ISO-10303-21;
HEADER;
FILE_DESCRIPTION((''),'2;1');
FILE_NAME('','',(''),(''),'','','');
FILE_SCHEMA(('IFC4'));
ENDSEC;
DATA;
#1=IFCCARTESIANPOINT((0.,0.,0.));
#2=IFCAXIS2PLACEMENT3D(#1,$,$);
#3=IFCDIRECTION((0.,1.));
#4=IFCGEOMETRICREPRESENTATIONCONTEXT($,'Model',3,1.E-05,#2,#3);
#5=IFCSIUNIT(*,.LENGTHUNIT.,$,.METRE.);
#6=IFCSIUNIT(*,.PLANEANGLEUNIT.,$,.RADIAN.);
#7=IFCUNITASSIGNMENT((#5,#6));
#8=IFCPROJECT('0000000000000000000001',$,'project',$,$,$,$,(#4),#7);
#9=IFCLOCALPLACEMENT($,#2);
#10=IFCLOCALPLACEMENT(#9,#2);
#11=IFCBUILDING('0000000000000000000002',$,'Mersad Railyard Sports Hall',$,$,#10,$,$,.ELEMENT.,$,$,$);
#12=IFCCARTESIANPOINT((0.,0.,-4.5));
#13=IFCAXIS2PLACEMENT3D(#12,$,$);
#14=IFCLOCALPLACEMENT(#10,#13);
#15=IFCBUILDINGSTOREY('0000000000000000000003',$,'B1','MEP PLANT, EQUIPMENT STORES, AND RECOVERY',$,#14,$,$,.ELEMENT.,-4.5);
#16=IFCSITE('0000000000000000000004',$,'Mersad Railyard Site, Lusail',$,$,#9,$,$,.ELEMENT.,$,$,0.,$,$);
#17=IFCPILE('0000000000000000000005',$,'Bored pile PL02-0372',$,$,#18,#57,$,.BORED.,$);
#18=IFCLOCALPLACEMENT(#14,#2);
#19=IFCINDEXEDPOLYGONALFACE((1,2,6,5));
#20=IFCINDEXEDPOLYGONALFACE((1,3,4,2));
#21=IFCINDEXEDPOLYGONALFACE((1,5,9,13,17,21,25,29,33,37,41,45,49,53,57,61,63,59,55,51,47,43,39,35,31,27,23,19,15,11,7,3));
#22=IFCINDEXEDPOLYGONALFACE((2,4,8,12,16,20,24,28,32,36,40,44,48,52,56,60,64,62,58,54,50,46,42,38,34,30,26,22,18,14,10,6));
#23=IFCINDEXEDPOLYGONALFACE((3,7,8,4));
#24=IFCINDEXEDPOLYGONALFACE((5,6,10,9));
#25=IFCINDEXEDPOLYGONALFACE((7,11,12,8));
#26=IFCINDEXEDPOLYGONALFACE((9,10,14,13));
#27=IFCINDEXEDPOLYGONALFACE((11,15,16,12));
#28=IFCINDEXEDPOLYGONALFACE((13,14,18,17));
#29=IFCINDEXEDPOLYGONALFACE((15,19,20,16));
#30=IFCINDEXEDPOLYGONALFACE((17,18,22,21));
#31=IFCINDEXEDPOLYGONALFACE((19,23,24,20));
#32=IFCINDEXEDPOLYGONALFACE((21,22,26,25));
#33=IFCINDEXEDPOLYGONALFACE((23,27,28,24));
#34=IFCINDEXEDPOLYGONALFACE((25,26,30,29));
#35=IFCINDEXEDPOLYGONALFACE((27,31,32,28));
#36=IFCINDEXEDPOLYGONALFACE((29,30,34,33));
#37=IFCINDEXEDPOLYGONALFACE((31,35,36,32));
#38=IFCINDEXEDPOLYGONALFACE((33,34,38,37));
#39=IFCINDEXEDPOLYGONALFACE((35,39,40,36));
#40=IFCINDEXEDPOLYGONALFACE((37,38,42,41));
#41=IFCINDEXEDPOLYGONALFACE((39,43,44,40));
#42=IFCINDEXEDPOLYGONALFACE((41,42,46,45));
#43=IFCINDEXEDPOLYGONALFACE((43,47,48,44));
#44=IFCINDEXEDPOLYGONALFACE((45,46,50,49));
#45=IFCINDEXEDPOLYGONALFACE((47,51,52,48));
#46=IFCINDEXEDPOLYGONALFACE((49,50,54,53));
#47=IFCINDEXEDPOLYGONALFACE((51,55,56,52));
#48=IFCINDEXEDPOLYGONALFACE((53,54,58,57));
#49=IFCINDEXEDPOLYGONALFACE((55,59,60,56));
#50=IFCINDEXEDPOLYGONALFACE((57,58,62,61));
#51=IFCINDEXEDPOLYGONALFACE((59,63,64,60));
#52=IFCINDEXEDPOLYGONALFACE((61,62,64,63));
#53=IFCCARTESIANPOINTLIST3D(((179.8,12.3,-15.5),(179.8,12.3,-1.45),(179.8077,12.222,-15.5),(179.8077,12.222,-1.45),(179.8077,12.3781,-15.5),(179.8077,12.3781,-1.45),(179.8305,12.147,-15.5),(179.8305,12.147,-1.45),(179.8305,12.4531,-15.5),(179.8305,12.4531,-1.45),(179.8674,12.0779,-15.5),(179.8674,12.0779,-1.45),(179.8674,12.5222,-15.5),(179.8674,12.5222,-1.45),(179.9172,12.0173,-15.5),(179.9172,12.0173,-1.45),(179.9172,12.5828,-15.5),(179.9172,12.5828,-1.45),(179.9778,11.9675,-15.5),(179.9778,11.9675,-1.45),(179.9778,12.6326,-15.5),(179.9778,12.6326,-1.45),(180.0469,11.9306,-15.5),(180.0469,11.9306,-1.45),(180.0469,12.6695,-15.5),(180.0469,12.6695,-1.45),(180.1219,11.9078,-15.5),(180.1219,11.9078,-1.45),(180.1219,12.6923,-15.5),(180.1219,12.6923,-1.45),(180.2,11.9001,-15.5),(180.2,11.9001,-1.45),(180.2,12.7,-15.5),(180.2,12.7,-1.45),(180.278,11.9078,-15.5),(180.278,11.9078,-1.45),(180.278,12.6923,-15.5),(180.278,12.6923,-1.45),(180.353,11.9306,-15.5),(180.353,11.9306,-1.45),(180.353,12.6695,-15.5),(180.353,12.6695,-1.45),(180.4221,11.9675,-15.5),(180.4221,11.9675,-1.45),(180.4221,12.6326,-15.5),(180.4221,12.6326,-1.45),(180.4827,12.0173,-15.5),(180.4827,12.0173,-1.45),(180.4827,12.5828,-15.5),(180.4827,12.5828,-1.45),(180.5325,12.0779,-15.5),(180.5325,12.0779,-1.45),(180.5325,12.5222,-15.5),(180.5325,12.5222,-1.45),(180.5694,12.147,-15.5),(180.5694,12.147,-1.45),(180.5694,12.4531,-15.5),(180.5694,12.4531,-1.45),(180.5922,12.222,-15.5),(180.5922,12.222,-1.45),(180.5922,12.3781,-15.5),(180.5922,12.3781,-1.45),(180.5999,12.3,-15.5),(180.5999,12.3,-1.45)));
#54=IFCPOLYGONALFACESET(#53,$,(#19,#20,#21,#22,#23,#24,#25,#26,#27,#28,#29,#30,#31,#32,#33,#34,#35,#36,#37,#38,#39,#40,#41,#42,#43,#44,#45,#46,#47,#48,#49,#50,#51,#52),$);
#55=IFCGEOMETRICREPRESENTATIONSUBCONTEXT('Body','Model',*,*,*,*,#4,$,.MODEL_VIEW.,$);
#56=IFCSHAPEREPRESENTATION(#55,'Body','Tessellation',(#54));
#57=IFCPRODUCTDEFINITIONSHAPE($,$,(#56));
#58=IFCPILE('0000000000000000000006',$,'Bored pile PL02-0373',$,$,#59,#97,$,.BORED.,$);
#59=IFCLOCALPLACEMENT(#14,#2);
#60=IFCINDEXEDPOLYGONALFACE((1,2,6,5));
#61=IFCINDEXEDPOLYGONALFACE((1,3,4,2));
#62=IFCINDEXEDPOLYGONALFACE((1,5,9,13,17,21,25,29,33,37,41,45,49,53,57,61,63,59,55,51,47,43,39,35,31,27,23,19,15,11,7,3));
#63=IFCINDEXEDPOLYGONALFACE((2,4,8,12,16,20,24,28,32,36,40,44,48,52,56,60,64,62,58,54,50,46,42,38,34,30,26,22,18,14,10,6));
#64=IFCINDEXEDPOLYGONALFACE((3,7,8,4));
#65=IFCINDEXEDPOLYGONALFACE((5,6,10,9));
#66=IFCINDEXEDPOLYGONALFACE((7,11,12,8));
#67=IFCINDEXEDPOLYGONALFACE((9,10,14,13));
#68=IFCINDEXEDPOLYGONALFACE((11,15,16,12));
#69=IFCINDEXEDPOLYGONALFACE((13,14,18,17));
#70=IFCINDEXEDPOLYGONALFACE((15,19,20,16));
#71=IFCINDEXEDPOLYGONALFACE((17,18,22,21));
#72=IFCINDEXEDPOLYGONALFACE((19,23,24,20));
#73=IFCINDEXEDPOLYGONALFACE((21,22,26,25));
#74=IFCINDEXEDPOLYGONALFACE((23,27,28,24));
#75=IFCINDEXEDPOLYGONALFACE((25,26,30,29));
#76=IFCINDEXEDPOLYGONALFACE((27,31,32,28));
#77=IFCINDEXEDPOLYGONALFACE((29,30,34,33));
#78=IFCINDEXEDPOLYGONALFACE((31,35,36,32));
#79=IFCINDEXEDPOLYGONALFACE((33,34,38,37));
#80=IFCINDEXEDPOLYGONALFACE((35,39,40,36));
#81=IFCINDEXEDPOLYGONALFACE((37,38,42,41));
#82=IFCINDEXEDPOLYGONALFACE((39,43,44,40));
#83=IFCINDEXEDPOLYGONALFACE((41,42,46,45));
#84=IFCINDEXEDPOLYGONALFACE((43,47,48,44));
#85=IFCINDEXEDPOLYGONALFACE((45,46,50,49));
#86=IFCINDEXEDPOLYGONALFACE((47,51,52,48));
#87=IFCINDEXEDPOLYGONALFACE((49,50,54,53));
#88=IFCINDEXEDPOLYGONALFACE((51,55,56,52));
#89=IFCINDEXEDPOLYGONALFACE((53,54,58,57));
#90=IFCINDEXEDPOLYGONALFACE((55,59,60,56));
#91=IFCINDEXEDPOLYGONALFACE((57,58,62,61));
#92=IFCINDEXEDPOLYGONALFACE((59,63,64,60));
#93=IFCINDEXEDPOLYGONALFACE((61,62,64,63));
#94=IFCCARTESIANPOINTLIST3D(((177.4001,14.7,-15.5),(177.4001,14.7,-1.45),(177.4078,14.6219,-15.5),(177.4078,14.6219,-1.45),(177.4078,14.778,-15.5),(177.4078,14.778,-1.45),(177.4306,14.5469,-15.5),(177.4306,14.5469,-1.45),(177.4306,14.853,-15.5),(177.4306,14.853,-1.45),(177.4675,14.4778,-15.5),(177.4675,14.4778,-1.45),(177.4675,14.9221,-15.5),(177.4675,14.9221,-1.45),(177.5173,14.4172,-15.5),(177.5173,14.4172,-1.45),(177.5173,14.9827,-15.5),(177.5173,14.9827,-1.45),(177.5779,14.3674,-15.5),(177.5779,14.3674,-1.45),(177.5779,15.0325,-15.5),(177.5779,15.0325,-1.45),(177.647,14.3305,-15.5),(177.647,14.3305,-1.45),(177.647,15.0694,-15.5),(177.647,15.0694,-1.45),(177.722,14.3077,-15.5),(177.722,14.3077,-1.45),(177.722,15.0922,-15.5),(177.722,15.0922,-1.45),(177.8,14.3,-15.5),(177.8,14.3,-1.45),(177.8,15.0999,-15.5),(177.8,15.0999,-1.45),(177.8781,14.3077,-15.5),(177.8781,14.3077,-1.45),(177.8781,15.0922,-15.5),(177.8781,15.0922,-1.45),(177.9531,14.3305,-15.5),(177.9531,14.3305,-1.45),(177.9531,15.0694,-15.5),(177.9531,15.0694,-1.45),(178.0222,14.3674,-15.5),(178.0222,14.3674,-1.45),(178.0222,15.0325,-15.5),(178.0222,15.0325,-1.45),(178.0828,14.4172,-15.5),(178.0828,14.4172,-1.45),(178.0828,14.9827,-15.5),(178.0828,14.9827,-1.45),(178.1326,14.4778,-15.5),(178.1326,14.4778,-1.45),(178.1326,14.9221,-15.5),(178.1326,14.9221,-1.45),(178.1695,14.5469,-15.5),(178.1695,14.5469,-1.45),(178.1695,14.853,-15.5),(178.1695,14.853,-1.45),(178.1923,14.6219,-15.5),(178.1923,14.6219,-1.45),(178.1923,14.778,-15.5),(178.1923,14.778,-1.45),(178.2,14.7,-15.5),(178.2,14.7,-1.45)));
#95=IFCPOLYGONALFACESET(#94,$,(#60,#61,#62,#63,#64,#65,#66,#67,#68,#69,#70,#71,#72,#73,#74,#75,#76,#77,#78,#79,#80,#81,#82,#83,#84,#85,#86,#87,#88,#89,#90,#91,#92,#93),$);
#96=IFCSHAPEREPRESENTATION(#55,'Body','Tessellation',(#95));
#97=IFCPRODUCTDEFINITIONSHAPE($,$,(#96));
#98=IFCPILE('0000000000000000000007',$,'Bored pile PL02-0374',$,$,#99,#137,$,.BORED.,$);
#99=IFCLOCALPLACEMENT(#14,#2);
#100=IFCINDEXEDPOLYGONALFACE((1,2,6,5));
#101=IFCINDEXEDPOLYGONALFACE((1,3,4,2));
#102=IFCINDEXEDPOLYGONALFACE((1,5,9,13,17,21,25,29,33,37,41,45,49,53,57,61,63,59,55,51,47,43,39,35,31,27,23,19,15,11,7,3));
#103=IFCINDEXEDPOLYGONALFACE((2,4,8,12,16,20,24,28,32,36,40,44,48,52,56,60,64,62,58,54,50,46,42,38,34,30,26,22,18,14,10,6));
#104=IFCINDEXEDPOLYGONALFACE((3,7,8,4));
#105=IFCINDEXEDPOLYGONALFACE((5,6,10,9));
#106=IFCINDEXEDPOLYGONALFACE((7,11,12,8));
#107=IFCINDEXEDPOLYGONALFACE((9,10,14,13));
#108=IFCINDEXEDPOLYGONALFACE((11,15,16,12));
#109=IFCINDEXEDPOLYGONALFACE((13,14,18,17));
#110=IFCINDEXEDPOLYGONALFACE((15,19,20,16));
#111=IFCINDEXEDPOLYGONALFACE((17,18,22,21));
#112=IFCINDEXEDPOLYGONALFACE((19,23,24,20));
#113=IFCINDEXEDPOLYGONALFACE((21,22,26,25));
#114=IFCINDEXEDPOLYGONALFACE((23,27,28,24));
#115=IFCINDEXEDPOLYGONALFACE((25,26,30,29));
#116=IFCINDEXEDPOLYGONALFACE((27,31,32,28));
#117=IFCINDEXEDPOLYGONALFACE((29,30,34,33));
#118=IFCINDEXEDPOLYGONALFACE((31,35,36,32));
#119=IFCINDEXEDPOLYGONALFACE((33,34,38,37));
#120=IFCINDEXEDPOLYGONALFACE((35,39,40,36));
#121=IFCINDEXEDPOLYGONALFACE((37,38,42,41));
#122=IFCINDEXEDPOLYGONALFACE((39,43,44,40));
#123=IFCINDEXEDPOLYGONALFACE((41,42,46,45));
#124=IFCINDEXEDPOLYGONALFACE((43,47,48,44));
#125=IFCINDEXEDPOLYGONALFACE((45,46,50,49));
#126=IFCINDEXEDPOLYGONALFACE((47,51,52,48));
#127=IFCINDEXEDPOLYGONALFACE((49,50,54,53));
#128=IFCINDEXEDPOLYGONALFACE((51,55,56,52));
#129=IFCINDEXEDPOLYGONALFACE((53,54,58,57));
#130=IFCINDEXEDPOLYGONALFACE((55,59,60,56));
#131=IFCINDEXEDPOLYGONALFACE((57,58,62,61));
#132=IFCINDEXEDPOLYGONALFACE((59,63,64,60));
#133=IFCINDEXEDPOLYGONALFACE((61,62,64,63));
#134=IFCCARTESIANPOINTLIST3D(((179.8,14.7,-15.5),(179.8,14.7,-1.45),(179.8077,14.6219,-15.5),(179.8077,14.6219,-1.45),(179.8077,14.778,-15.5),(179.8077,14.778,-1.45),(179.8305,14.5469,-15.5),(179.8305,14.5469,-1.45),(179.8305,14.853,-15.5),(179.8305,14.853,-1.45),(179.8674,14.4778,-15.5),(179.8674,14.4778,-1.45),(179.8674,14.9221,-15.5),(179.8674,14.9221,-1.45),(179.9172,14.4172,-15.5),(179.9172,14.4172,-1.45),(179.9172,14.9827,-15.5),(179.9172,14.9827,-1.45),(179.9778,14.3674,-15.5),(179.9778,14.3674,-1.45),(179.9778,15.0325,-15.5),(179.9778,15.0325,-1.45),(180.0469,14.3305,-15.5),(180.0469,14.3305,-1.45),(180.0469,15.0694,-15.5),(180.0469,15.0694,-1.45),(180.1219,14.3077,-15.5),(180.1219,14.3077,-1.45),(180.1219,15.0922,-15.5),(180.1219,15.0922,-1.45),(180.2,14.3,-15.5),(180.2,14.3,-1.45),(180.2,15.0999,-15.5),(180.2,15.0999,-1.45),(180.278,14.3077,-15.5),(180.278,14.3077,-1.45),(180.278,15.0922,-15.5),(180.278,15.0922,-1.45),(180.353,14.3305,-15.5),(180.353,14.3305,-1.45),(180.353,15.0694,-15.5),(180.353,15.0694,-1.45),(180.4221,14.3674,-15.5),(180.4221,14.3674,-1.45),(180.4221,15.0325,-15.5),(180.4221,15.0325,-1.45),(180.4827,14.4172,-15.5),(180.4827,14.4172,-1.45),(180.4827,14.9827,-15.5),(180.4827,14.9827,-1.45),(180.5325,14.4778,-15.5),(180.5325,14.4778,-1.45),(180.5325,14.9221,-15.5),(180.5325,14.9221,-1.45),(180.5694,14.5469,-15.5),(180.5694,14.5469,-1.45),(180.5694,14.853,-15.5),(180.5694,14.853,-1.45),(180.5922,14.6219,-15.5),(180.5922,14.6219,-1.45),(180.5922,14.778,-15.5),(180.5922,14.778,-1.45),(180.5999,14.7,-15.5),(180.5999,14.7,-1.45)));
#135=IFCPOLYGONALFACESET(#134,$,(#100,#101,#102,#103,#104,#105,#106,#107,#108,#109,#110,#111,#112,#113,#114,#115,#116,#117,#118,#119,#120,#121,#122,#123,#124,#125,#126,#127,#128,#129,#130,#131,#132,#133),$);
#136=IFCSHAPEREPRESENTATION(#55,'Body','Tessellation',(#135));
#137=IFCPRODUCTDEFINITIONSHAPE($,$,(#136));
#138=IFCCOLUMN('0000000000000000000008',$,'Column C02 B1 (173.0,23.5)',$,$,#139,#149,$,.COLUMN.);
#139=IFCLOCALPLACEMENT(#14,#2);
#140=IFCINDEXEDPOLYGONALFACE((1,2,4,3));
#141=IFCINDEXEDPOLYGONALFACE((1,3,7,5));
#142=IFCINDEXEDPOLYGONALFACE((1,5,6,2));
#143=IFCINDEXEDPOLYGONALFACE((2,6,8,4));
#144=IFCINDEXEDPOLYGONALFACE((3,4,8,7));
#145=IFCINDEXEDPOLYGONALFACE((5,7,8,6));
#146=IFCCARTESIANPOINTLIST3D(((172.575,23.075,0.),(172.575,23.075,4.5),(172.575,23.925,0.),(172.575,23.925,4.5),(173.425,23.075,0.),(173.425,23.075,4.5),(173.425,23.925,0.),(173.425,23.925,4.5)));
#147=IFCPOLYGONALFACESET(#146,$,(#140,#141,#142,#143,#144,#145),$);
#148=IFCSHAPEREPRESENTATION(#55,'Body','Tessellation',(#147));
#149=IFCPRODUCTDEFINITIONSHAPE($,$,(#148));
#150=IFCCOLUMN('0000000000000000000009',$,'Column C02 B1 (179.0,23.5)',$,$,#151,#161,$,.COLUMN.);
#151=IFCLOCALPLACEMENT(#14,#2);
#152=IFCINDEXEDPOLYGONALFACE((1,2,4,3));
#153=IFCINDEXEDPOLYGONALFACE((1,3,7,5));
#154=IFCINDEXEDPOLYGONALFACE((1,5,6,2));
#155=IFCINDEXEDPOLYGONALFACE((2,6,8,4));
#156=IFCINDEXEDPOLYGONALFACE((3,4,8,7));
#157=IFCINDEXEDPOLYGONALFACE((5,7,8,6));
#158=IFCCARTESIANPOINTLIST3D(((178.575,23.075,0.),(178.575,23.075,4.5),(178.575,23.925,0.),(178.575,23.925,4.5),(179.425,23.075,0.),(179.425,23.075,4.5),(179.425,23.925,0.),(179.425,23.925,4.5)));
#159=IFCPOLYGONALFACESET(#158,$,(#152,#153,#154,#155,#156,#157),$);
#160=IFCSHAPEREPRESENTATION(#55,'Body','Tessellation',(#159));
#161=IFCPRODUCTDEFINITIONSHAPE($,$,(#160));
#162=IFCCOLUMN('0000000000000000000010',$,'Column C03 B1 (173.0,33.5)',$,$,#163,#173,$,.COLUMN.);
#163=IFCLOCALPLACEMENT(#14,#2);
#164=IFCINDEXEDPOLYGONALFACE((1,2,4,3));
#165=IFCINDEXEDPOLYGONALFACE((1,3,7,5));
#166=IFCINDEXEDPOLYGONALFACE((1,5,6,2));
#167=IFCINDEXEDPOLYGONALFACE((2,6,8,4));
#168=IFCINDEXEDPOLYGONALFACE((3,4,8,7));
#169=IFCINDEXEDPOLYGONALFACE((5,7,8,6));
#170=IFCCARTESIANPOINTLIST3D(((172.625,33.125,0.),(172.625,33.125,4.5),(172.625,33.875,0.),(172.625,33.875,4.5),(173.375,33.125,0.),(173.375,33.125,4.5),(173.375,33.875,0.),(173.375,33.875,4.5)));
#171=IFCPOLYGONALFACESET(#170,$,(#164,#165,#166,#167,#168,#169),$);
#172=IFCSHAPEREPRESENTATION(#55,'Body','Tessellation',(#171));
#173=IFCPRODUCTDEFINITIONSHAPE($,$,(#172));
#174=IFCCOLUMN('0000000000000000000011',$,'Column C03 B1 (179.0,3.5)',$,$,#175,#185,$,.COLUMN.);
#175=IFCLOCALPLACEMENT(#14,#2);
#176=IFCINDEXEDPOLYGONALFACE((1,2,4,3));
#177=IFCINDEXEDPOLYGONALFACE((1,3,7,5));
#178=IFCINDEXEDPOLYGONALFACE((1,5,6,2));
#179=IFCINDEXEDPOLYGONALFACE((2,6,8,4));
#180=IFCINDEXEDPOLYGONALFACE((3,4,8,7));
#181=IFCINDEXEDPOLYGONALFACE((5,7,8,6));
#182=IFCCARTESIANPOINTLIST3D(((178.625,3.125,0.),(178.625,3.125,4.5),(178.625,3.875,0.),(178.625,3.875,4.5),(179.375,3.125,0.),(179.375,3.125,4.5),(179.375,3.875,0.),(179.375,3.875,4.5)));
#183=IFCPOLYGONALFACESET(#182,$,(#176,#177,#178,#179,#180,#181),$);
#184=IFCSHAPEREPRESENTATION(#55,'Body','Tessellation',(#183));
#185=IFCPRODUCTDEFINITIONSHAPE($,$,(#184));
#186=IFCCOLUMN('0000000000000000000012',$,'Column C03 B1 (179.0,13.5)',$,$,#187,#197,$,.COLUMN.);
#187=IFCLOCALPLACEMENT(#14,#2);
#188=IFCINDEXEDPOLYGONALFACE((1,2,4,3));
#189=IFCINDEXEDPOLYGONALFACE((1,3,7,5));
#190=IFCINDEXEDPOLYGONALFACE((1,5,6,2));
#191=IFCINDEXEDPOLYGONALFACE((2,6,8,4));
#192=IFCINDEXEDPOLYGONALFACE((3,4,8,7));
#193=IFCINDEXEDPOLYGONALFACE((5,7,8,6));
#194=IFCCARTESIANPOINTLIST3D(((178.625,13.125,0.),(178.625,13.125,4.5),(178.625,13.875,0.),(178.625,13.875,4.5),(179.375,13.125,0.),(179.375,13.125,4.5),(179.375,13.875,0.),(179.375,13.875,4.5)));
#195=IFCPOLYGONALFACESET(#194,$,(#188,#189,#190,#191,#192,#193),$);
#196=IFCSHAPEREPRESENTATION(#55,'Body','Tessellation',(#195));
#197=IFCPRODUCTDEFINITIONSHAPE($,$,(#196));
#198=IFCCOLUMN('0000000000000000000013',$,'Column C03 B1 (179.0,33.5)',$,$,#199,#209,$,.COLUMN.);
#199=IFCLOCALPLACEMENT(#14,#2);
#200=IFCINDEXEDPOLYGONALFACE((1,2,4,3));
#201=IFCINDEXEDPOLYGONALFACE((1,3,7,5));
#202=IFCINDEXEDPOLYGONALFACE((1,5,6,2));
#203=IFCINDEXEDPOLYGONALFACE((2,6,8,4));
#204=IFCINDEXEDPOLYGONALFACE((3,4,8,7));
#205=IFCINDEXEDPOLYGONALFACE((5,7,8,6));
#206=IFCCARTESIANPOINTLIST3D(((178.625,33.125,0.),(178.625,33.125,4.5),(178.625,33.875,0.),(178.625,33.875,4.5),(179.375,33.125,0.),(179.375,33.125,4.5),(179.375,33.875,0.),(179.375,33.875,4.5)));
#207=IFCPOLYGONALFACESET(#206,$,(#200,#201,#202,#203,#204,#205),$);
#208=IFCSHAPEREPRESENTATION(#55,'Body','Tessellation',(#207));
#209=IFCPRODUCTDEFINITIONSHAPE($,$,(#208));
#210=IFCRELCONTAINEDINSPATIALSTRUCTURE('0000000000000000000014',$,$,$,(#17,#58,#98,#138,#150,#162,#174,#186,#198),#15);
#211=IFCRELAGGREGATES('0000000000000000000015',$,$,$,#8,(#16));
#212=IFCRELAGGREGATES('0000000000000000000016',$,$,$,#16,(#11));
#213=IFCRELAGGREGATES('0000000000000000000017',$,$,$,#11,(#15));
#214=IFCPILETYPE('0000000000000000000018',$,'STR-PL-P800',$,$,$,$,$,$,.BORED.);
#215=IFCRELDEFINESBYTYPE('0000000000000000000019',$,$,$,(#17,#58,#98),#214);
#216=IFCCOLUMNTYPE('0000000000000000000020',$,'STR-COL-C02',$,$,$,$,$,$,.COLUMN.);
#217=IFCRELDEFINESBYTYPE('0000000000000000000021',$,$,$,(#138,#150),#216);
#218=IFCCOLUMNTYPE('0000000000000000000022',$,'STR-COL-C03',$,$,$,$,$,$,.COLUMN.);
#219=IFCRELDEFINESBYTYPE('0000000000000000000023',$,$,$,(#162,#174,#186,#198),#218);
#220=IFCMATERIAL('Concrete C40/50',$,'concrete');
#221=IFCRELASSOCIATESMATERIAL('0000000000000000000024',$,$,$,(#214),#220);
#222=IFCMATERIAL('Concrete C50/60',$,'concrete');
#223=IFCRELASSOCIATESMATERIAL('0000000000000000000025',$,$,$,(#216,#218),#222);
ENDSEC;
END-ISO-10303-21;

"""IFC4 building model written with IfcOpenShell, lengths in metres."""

from ifc_helpers import new_model, si_unit, direction, frame, origin, origin_2d, place, context, subcontext, project, spatial, rectangle, circle, extrude, material, material_profile, profile_set, type_object, element, save


model = new_model("IFC4")

# Units and contexts
model_context = context("Model", 3, precision=1e-05, world=origin(), true_north=direction((0.0, 1.0)))
body_context = subcontext(model_context, "Body", "Model", "MODEL_VIEW")
ifc_project = project(units=[si_unit("LENGTHUNIT", "METRE"), si_unit("PLANEANGLEUNIT", "RADIAN")], contexts=[model_context])

# Site, building, storey
site_placement = place(None, origin())
site = spatial("IfcSite", under=ifc_project, at=site_placement, Name="Mersad Railyard Site, Lusail", CompositionType="ELEMENT", RefElevation=0.0)
building_placement = place(site_placement, origin())
building = spatial("IfcBuilding", under=site, at=building_placement, Name="Mersad Railyard Sports Hall", CompositionType="ELEMENT")
storey_placement = place(building_placement, frame((0.0, 0.0, -4.5)))
storey = spatial("IfcBuildingStorey", under=building, at=storey_placement, Name="B1", Description="MEP PLANT, EQUIPMENT STORES, AND RECOVERY", CompositionType="ELEMENT", Elevation=-4.5)

# Shared definitions
ifc_material_1 = material(Name="Concrete C40/50", Category="concrete")

# Piles
ifc_material_profile_1 = material_profile(ifc_material_1, circle(Radius=0.3999, at=origin_2d()), Name="BORED PILE D800")
ifc_profile_set_1 = profile_set([ifc_material_profile_1], Name="Concrete C40/50")
pile_type_1 = type_object("IfcPileType", Name="STR-PL-P800", PredefinedType="BORED", material=ifc_profile_set_1)
for number, where, z_axis, x_axis, name in (
    (1, (180.2, 12.3, -1.45), (0.0, 0.0, -1.0), (1.0, 0.0, 0.0), "Bored pile PL02-0372"),
    (2, (177.8, 14.7, -1.45), (0.0, 0.0, -1.0), (1.0, 0.0, 0.0), "Bored pile PL02-0373"),
    (3, (180.2, 14.7, -1.45), (0.0, 0.0, -1.0), (1.0, 0.0, 0.0), "Bored pile PL02-0374"),
):
    element("IfcPile", number, at=place(storey_placement, frame(where, z_axis=z_axis, x_axis=x_axis)), inside=storey, type_object=pile_type_1, Name=name, PredefinedType="BORED", context=body_context, shape_type="SweptSolid", body=[
        extrude(circle(Radius=0.3999, at=origin_2d()), origin(), (0.0, 0.0, 1.0), 14.05),
    ])

# Columns
ifc_material_2 = material(Name="Concrete C50/60", Category="concrete")
ifc_material_profile_2 = material_profile(ifc_material_2, rectangle(XDim=0.8501, YDim=0.8501, at=origin_2d()), Name="RC 850x850")
ifc_profile_set_2 = profile_set([ifc_material_profile_2], Name="Concrete C50/60")
column_type_1 = type_object("IfcColumnType", Name="STR-COL-C02", PredefinedType="COLUMN", material=ifc_profile_set_2)
for number, where, z_axis, x_axis, name in (
    (4, (173.0, 23.5, 0.0), (0.0, 0.0, 1.0), (1.0, 0.0, 0.0), "Column C02 B1 (173.0,23.5)"),
    (5, (179.0, 23.5, 0.0), (0.0, 0.0, 1.0), (1.0, 0.0, 0.0), "Column C02 B1 (179.0,23.5)"),
):
    element("IfcColumn", number, at=place(storey_placement, frame(where, z_axis=z_axis, x_axis=x_axis)), inside=storey, type_object=column_type_1, Name=name, PredefinedType="COLUMN", context=body_context, shape_type="SweptSolid", body=[
        extrude(rectangle(XDim=0.8501, YDim=0.8501, at=origin_2d()), origin(), (0.0, 0.0, 1.0), 4.5),
    ])
ifc_material_profile_3 = material_profile(ifc_material_2, rectangle(XDim=0.75, YDim=0.75, at=origin_2d()), Name="RC 750x750")
ifc_profile_set_3 = profile_set([ifc_material_profile_3], Name="Concrete C50/60")
column_type_2 = type_object("IfcColumnType", Name="STR-COL-C03", PredefinedType="COLUMN", material=ifc_profile_set_3)
for number, where, z_axis, x_axis, name in (
    (6, (173.0, 33.5, 0.0), (0.0, 0.0, 1.0), (1.0, 0.0, 0.0), "Column C03 B1 (173.0,33.5)"),
    (7, (179.0, 3.5, 0.0), (0.0, 0.0, 1.0), (1.0, 0.0, 0.0), "Column C03 B1 (179.0,3.5)"),
    (8, (179.0, 13.5, 0.0), (0.0, 0.0, 1.0), (1.0, 0.0, 0.0), "Column C03 B1 (179.0,13.5)"),
    (9, (179.0, 33.5, 0.0), (0.0, 0.0, 1.0), (1.0, 0.0, 0.0), "Column C03 B1 (179.0,33.5)"),
):
    element("IfcColumn", number, at=place(storey_placement, frame(where, z_axis=z_axis, x_axis=x_axis)), inside=storey, type_object=column_type_2, Name=name, PredefinedType="COLUMN", context=body_context, shape_type="SweptSolid", body=[
        extrude(rectangle(XDim=0.75, YDim=0.75, at=origin_2d()), origin(), (0.0, 0.0, 1.0), 4.5),
    ])

save(model, "model.ifc")
